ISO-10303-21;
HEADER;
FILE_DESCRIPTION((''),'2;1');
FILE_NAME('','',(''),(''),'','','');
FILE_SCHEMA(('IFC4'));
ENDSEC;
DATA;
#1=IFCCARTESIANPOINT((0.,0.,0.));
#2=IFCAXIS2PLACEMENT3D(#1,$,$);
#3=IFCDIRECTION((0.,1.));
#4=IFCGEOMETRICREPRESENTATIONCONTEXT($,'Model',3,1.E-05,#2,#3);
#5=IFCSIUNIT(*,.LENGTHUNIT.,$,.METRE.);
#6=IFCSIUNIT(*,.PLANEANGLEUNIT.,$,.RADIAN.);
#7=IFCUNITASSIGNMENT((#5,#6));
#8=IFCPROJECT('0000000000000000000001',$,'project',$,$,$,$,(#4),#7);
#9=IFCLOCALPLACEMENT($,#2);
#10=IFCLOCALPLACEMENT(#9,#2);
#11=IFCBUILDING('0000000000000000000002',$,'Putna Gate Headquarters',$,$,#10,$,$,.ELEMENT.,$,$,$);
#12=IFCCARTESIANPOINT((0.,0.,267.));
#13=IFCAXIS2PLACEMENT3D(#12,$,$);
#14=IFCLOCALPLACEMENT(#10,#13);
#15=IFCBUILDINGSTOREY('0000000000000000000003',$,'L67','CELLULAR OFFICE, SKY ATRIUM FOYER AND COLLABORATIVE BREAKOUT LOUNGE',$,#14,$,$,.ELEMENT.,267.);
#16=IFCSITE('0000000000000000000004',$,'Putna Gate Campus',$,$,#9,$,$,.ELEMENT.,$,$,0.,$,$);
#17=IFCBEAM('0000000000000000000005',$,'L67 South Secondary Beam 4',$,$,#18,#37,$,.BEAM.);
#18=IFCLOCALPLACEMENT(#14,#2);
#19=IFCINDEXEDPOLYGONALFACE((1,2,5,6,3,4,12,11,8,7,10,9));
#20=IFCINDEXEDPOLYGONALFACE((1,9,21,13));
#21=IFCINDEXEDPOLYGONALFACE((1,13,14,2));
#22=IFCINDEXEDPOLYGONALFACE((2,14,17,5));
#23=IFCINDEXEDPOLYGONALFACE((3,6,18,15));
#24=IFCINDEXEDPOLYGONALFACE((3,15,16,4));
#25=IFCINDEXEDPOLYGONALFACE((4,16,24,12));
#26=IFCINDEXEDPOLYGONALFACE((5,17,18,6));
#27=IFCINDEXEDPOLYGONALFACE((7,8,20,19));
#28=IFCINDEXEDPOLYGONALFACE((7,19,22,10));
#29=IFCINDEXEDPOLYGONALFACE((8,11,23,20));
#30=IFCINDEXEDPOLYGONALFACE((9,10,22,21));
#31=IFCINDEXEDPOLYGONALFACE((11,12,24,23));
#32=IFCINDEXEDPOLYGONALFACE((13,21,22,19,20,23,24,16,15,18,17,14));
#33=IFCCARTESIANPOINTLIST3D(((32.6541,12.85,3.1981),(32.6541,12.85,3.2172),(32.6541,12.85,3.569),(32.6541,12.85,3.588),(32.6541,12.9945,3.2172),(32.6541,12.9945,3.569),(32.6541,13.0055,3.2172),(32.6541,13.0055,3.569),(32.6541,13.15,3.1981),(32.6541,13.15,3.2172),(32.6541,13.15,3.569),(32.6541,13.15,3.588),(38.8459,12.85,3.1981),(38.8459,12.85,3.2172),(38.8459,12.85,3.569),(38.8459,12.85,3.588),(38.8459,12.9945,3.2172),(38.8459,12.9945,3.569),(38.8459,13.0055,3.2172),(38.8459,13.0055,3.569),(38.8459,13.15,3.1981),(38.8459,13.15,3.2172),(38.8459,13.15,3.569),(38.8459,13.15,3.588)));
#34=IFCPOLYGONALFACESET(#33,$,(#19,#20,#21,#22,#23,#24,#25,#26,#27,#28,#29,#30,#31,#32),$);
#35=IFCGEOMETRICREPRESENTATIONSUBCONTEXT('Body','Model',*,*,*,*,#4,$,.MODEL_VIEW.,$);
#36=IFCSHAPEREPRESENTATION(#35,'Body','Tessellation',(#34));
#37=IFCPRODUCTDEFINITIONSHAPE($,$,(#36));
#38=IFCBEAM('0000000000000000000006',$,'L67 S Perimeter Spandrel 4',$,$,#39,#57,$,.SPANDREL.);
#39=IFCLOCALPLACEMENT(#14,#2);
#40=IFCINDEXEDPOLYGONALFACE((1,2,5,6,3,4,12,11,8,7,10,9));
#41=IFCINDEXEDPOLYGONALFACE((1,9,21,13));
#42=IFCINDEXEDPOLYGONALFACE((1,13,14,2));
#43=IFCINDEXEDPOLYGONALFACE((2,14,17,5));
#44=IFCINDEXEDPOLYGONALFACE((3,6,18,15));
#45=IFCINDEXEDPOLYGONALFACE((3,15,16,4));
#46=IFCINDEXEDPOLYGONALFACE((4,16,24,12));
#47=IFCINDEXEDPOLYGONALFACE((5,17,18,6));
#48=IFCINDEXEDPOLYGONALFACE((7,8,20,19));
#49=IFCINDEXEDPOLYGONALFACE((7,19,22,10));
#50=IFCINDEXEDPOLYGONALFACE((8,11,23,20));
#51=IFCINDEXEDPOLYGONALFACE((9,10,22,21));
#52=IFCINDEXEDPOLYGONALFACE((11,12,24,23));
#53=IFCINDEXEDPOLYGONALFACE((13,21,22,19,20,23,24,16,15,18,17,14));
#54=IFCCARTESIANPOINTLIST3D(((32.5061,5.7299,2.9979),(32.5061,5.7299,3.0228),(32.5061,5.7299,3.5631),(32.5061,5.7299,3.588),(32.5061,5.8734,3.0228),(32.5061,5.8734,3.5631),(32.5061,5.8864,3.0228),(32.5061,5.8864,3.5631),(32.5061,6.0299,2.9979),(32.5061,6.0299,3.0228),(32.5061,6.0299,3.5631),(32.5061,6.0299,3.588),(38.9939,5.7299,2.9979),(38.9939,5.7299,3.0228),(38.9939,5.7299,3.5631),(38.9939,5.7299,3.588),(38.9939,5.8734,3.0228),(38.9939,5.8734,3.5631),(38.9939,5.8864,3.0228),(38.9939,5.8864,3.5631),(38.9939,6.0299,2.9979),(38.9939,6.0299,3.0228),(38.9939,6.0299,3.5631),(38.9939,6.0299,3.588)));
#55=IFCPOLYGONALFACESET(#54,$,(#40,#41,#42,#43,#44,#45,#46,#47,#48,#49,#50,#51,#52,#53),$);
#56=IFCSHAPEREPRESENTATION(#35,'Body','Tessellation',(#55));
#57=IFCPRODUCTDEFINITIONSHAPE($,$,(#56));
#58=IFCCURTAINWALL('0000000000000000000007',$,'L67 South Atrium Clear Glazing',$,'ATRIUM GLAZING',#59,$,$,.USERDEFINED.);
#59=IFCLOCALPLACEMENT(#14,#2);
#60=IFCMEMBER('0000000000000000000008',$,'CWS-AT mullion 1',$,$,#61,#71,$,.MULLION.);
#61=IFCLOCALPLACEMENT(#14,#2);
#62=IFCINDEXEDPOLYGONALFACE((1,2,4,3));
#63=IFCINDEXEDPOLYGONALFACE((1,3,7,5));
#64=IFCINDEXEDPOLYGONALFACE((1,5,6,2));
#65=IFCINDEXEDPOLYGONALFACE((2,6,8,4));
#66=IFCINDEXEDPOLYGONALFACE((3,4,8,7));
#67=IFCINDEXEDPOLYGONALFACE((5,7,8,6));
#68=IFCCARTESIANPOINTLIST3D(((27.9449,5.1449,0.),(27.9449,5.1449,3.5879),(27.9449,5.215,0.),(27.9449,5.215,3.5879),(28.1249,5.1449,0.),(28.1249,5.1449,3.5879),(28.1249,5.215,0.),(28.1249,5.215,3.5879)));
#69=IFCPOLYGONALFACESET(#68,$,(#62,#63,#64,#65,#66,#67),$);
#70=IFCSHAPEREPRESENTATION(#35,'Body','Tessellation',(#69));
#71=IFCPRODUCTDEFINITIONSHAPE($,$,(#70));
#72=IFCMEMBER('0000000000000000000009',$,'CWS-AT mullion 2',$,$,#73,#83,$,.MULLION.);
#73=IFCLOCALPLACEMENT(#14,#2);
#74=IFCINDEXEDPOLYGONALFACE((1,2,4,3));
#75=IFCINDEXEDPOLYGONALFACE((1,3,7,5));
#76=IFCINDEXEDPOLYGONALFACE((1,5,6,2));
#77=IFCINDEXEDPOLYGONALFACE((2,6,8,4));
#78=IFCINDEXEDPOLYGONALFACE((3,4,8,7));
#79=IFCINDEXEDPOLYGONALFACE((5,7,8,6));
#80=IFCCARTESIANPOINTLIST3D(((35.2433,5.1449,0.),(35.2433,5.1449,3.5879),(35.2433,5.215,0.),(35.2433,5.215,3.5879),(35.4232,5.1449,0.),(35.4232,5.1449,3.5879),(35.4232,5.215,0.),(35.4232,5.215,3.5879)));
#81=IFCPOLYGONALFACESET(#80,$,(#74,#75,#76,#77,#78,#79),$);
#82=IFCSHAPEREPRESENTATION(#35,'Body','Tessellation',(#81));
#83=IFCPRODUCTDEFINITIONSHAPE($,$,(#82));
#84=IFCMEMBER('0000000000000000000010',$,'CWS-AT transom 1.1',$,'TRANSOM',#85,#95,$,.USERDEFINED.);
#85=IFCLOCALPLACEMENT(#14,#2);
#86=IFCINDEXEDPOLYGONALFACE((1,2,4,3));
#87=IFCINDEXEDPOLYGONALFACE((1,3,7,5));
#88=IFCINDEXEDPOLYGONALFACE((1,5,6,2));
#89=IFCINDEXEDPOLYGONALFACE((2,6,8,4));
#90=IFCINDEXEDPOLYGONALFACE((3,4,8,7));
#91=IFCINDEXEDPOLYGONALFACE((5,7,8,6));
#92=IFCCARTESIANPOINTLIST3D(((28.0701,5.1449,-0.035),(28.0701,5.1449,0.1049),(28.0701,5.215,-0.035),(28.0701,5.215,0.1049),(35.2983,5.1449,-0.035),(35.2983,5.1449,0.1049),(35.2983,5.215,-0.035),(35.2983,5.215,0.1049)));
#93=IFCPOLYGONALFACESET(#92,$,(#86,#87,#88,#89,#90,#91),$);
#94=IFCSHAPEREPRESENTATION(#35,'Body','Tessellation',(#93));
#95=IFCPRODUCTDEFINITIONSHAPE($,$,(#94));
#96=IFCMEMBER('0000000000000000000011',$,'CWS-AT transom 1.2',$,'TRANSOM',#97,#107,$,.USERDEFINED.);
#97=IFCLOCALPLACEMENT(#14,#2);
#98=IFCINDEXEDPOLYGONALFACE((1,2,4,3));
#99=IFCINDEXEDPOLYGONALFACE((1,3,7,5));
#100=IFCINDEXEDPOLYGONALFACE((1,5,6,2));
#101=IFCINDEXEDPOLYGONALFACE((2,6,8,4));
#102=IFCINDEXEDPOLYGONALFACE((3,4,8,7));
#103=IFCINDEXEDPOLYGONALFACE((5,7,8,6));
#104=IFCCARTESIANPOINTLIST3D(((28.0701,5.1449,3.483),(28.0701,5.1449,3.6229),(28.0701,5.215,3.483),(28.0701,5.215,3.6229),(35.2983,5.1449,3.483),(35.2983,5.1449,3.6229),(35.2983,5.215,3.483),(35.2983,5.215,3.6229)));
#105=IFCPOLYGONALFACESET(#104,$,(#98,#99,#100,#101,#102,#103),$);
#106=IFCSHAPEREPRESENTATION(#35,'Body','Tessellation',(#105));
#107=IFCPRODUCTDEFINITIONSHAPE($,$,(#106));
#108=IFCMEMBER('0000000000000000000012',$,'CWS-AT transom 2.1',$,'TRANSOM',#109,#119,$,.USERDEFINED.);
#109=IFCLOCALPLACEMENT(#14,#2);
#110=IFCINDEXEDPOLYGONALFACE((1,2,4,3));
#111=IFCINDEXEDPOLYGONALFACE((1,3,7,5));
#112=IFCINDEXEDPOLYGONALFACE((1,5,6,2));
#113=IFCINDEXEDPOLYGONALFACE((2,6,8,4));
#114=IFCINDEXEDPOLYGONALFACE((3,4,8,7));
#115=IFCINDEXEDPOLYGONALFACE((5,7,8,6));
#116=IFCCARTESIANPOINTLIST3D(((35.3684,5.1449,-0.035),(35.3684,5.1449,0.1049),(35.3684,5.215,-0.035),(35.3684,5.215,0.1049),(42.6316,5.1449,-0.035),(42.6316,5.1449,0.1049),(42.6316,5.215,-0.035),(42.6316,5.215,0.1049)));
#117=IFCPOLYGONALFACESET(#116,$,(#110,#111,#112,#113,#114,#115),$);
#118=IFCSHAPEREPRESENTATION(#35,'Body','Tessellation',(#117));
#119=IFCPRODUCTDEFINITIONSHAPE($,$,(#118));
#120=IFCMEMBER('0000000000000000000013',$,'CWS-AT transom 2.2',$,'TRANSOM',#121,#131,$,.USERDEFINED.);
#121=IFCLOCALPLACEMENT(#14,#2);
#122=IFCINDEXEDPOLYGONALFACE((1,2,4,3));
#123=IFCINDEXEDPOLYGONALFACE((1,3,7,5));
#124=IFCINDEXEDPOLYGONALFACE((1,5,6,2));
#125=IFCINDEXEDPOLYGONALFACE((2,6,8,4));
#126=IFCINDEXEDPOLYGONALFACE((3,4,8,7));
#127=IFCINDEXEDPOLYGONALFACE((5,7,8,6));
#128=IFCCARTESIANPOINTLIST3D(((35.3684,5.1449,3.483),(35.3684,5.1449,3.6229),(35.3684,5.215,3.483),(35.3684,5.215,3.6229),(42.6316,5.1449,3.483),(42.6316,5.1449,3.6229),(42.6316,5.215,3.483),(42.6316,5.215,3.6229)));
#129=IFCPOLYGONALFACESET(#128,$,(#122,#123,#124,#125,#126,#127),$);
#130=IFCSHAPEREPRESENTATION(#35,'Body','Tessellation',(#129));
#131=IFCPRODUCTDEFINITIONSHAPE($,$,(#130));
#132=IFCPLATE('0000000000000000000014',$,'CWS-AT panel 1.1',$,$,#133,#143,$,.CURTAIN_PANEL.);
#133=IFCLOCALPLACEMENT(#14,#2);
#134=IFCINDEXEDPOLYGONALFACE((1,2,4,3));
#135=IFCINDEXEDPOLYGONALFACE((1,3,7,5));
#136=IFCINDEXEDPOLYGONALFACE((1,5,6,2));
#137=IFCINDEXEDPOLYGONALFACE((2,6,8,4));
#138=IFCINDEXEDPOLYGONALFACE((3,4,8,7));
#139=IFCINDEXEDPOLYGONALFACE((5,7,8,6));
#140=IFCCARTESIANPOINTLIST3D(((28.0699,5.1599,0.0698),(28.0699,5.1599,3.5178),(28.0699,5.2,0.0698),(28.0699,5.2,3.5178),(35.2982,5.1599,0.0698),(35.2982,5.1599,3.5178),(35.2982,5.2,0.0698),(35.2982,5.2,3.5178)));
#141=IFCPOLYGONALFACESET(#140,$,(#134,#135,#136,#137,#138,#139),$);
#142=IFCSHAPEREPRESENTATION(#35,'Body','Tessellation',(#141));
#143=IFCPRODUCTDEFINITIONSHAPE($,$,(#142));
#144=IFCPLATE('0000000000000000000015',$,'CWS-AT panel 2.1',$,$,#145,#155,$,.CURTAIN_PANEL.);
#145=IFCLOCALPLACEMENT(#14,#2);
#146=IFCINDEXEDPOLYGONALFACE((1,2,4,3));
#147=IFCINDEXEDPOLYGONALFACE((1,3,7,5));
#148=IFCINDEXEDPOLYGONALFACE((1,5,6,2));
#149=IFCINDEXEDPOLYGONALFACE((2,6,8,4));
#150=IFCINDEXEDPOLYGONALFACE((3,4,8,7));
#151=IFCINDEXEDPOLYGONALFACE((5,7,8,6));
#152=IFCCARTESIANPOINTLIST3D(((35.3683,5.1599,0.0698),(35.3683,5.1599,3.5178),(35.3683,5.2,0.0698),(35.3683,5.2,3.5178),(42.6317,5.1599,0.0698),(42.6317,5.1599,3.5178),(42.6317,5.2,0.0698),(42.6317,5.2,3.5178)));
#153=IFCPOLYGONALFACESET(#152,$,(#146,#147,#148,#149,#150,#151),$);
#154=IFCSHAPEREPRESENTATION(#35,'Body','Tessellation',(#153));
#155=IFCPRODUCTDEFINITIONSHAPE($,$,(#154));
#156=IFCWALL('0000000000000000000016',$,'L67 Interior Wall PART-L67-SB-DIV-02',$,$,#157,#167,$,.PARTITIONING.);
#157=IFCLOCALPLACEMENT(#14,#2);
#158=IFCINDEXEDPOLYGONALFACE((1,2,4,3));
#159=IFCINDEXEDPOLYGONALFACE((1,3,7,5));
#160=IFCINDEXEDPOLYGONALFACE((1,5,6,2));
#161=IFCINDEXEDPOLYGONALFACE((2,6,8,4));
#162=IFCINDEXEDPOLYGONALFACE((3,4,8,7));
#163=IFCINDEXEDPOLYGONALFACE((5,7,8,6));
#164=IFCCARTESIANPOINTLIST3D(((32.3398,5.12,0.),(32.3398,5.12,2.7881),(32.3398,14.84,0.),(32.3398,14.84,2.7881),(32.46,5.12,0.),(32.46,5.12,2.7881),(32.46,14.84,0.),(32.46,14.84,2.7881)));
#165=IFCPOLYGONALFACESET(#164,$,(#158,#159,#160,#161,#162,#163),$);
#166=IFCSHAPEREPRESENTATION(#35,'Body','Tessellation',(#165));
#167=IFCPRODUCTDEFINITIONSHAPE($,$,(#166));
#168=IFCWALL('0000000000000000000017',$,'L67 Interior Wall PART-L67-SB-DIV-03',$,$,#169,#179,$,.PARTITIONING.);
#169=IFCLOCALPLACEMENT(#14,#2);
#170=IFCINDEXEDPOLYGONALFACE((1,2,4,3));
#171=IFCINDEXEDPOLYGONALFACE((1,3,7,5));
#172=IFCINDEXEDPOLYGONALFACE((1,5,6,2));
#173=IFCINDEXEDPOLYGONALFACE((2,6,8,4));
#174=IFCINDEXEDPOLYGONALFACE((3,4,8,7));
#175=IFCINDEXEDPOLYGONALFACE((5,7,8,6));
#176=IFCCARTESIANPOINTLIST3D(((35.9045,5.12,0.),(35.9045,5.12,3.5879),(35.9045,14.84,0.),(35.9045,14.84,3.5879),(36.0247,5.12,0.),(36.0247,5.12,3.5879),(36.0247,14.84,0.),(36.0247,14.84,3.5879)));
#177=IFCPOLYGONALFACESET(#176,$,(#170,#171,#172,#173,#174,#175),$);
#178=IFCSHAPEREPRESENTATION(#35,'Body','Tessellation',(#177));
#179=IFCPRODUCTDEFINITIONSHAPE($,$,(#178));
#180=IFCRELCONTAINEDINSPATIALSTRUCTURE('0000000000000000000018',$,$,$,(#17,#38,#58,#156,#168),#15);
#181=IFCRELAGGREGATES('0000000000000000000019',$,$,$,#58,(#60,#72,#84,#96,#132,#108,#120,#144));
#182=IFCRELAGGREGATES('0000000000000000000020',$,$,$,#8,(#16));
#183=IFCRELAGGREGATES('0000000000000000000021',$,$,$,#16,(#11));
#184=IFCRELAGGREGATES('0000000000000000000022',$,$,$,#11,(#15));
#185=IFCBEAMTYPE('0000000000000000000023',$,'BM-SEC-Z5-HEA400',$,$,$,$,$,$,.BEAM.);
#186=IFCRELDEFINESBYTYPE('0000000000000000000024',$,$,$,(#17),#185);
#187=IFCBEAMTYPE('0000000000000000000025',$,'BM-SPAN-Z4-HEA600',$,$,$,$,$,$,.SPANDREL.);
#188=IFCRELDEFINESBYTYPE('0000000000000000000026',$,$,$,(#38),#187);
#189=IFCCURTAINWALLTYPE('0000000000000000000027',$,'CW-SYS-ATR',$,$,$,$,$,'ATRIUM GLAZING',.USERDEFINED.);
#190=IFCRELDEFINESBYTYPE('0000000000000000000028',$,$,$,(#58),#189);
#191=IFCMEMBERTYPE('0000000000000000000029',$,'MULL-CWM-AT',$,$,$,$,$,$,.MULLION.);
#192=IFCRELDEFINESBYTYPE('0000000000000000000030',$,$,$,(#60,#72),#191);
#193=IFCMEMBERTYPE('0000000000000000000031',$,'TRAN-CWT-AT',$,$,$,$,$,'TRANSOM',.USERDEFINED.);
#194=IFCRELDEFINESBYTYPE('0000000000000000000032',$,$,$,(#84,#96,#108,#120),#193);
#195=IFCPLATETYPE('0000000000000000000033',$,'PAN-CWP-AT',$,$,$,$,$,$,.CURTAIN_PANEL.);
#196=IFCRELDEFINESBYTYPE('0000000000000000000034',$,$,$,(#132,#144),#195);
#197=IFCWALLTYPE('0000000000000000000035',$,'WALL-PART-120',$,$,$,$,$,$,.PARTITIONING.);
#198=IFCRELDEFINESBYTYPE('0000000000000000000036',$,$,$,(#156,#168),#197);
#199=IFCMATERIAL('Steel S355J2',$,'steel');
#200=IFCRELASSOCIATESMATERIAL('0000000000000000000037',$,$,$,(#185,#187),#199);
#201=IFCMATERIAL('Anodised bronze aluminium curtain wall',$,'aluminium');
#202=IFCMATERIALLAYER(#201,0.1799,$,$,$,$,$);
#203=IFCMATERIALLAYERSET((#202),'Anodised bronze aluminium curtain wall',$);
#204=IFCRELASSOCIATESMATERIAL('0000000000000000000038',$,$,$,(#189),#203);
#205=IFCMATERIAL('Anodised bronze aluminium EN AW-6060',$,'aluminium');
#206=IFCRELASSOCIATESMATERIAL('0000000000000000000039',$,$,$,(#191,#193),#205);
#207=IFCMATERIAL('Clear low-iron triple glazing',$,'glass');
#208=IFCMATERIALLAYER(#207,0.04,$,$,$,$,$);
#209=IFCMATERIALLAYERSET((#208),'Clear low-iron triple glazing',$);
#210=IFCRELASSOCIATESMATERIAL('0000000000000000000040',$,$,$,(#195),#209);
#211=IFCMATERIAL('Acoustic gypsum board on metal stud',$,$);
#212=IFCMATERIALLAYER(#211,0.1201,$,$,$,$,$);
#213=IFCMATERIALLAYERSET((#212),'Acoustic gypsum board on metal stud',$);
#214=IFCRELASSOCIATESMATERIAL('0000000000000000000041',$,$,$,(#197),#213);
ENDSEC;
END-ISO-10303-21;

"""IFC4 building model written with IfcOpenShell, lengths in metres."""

from ifc_helpers import new_model, si_unit, direction, frame, frame_2d, origin, origin_2d, place, context, subcontext, project, spatial, rectangle, i_section, extrude, material, layer, layer_set, material_profile, profile_set, type_object, element, aggregate, save


model = new_model("IFC4")

# Units and contexts
model_context = context("Model", 3, precision=1e-05, world=origin(), true_north=direction((0.0, 1.0)))
body_context = subcontext(model_context, "Body", "Model", "MODEL_VIEW")
ifc_project = project(units=[si_unit("LENGTHUNIT", "METRE"), si_unit("PLANEANGLEUNIT", "RADIAN")], contexts=[model_context])

# Site, building, storey
site_placement = place(None, origin())
site = spatial("IfcSite", under=ifc_project, at=site_placement, Name="Putna Gate Campus", CompositionType="ELEMENT", RefElevation=0.0)
building_placement = place(site_placement, origin())
building = spatial("IfcBuilding", under=site, at=building_placement, Name="Putna Gate Headquarters", CompositionType="ELEMENT")
storey_placement = place(building_placement, frame((0.0, 0.0, 267.0)))
storey = spatial("IfcBuildingStorey", under=building, at=storey_placement, Name="L67", Description="CELLULAR OFFICE, SKY ATRIUM FOYER AND COLLABORATIVE BREAKOUT LOUNGE", CompositionType="ELEMENT", Elevation=267.0)

# Beams
ifc_material_1 = material(Name="Steel S355J2", Category="steel")
ifc_material_profile_1 = material_profile(ifc_material_1, i_section(OverallWidth=0.3, OverallDepth=0.3899, WebThickness=0.011, FlangeThickness=0.019, at=origin_2d()), Name="Steel S355J2")
ifc_profile_set_1 = profile_set([ifc_material_profile_1], Name="Steel S355J2")
beam_type_1 = type_object("IfcBeamType", Name="BM-SEC-Z5-HEA400", PredefinedType="BEAM", material=ifc_profile_set_1)
beam_1_placement = place(storey_placement, frame((32.6541, 13.0, 3.3931), z_axis=(1.0, 0.0, 0.0), x_axis=(0.0, 1.0, 0.0)))
element("IfcBeam", 1, at=beam_1_placement, inside=storey, type_object=beam_type_1, Name="L67 South Secondary Beam 4", PredefinedType="BEAM", context=body_context, shape_type="SweptSolid", body=[
    extrude(i_section(OverallWidth=0.3, OverallDepth=0.3899, WebThickness=0.011, FlangeThickness=0.019, at=origin_2d()), origin(), (0.0, 0.0, 1.0), 6.1919),
])
ifc_material_profile_2 = material_profile(ifc_material_1, i_section(OverallWidth=0.3, OverallDepth=0.5901, WebThickness=0.0129, FlangeThickness=0.0249, at=origin_2d()), Name="Steel S355J2")
ifc_profile_set_2 = profile_set([ifc_material_profile_2], Name="Steel S355J2")
beam_type_2 = type_object("IfcBeamType", Name="BM-SPAN-Z4-HEA600", PredefinedType="SPANDREL", material=ifc_profile_set_2)
beam_2_placement = place(storey_placement, frame((32.5061, 5.8799, 3.293), z_axis=(1.0, 0.0, 0.0), x_axis=(0.0, 1.0, 0.0)))
element("IfcBeam", 2, at=beam_2_placement, inside=storey, type_object=beam_type_2, Name="L67 S Perimeter Spandrel 4", PredefinedType="SPANDREL", context=body_context, shape_type="SweptSolid", body=[
    extrude(i_section(OverallWidth=0.3, OverallDepth=0.5901, WebThickness=0.0129, FlangeThickness=0.0249, at=origin_2d()), origin(), (0.0, 0.0, 1.0), 6.4878),
])

# Curtain wall, members, plates
ifc_material_2 = material(Name="Anodised bronze aluminium curtain wall", Category="aluminium")
ifc_layer_1 = layer(ifc_material_2, 0.1799)
ifc_layer_set_1 = layer_set([ifc_layer_1], Name="Anodised bronze aluminium curtain wall")
curtain_wall_type = type_object("IfcCurtainWallType", Name="CW-SYS-ATR", ElementType="ATRIUM GLAZING", PredefinedType="USERDEFINED", material=ifc_layer_set_1)
curtain_wall_placement = place(storey_placement, origin())
curtain_wall = element("IfcCurtainWall", 3, at=curtain_wall_placement, inside=storey, type_object=curtain_wall_type, Name="L67 South Atrium Clear Glazing", ObjectType="ATRIUM GLAZING", PredefinedType="USERDEFINED")
ifc_material_3 = material(Name="Anodised bronze aluminium EN AW-6060", Category="aluminium")
ifc_material_profile_3 = material_profile(ifc_material_3, rectangle(XDim=0.0701, YDim=0.1799, at=origin_2d()), Name="Anodised bronze aluminium EN AW-6060")
ifc_profile_set_3 = profile_set([ifc_material_profile_3], Name="Anodised bronze aluminium EN AW-6060")
member_type_1 = type_object("IfcMemberType", Name="MULL-CWM-AT", PredefinedType="MULLION", material=ifc_profile_set_3)
member_1_placement = place(storey_placement, frame((28.0349, 5.1799, 0.0), z_axis=(0.0, 0.0, 1.0), x_axis=(0.0, 1.0, 0.0)))
member_1 = element("IfcMember", 4, at=member_1_placement, type_object=member_type_1, Name="CWS-AT mullion 1", PredefinedType="MULLION", context=body_context, shape_type="SweptSolid", body=[
    extrude(rectangle(XDim=0.0701, YDim=0.1799, at=origin_2d()), origin(), (0.0, 0.0, 1.0), 3.5879),
])
member_2_placement = place(storey_placement, frame((35.3333, 5.1799, 0.0), z_axis=(0.0, 0.0, 1.0), x_axis=(0.0, 1.0, 0.0)))
member_2 = element("IfcMember", 5, at=member_2_placement, type_object=member_type_1, Name="CWS-AT mullion 2", PredefinedType="MULLION", context=body_context, shape_type="SweptSolid", body=[
    extrude(rectangle(XDim=0.0701, YDim=0.1799, at=origin_2d()), origin(), (0.0, 0.0, 1.0), 3.5879),
])
ifc_material_profile_4 = material_profile(ifc_material_3, rectangle(XDim=0.0701, YDim=0.1399, at=origin_2d()), Name="Anodised bronze aluminium EN AW-6060")
ifc_profile_set_4 = profile_set([ifc_material_profile_4], Name="Anodised bronze aluminium EN AW-6060")
member_type_2 = type_object("IfcMemberType", Name="TRAN-CWT-AT", ElementType="TRANSOM", PredefinedType="USERDEFINED", material=ifc_profile_set_4)
member_3_placement = place(storey_placement, frame((28.0701, 5.1799, 0.0349), z_axis=(1.0, 0.0, 0.0), x_axis=(0.0, 1.0, 0.0)))
member_3 = element("IfcMember", 6, at=member_3_placement, type_object=member_type_2, Name="CWS-AT transom 1.1", ObjectType="TRANSOM", PredefinedType="USERDEFINED", context=body_context, shape_type="SweptSolid", body=[
    extrude(rectangle(XDim=0.0701, YDim=0.1399, at=origin_2d()), origin(), (0.0, 0.0, 1.0), 7.2283),
])
member_4_placement = place(storey_placement, frame((28.0701, 5.1799, 3.553), z_axis=(1.0, 0.0, 0.0), x_axis=(0.0, 1.0, 0.0)))
member_4 = element("IfcMember", 7, at=member_4_placement, type_object=member_type_2, Name="CWS-AT transom 1.2", ObjectType="TRANSOM", PredefinedType="USERDEFINED", context=body_context, shape_type="SweptSolid", body=[
    extrude(rectangle(XDim=0.0701, YDim=0.1399, at=origin_2d()), origin(), (0.0, 0.0, 1.0), 7.2283),
])
member_5_placement = place(storey_placement, frame((35.3684, 5.1799, 0.0349), z_axis=(1.0, 0.0, 0.0), x_axis=(0.0, 1.0, 0.0)))
member_5 = element("IfcMember", 8, at=member_5_placement, type_object=member_type_2, Name="CWS-AT transom 2.1", ObjectType="TRANSOM", PredefinedType="USERDEFINED", context=body_context, shape_type="SweptSolid", body=[
    extrude(rectangle(XDim=0.0701, YDim=0.1399, at=origin_2d()), origin(), (0.0, 0.0, 1.0), 7.2632),
])
member_6_placement = place(storey_placement, frame((35.3684, 5.1799, 3.553), z_axis=(1.0, 0.0, 0.0), x_axis=(0.0, 1.0, 0.0)))
member_6 = element("IfcMember", 9, at=member_6_placement, type_object=member_type_2, Name="CWS-AT transom 2.2", ObjectType="TRANSOM", PredefinedType="USERDEFINED", context=body_context, shape_type="SweptSolid", body=[
    extrude(rectangle(XDim=0.0701, YDim=0.1399, at=origin_2d()), origin(), (0.0, 0.0, 1.0), 7.2632),
])
ifc_material_4 = material(Name="Clear low-iron triple glazing", Category="glass")
ifc_layer_2 = layer(ifc_material_4, 0.04)
ifc_layer_set_2 = layer_set([ifc_layer_2], Name="Clear low-iron triple glazing")
plate_type = type_object("IfcPlateType", Name="PAN-CWP-AT", PredefinedType="CURTAIN_PANEL", material=ifc_layer_set_2)
plate_1_placement = place(storey_placement, frame((31.6841, 5.1799, 0.0698), z_axis=(0.0, 0.0, 1.0), x_axis=(1.0, 0.0, 0.0)))
plate_1 = element("IfcPlate", 10, at=plate_1_placement, type_object=plate_type, Name="CWS-AT panel 1.1", PredefinedType="CURTAIN_PANEL", context=body_context, shape_type="SweptSolid", body=[
    extrude(rectangle(XDim=7.2283, YDim=0.04, at=origin_2d()), origin(), (0.0, 0.0, 1.0), 3.448),
])
plate_2_placement = place(storey_placement, frame((39.0, 5.1799, 0.0698), z_axis=(0.0, 0.0, 1.0), x_axis=(1.0, 0.0, 0.0)))
plate_2 = element("IfcPlate", 11, at=plate_2_placement, type_object=plate_type, Name="CWS-AT panel 2.1", PredefinedType="CURTAIN_PANEL", context=body_context, shape_type="SweptSolid", body=[
    extrude(rectangle(XDim=7.2634, YDim=0.04, at=origin_2d()), origin(), (0.0, 0.0, 1.0), 3.448),
])
aggregate(curtain_wall, [member_1, member_2, member_3, member_4, plate_1, member_5, member_6, plate_2])

# Walls
ifc_material_5 = material(Name="Acoustic gypsum board on metal stud")
ifc_layer_3 = layer(ifc_material_5, 0.1201)
ifc_layer_set_3 = layer_set([ifc_layer_3], Name="Acoustic gypsum board on metal stud")
wall_type_1 = type_object("IfcWallType", Name="WALL-PART-120", PredefinedType="PARTITIONING", material=ifc_layer_set_3)
wall_1_placement = place(storey_placement, frame((32.3999, 5.1201, 0.0), z_axis=(0.0, 0.0, 1.0), x_axis=(0.0, 1.0, 0.0)))
element("IfcWall", 12, at=wall_1_placement, inside=storey, type_object=wall_type_1, Name="L67 Interior Wall PART-L67-SB-DIV-02", PredefinedType="PARTITIONING", context=body_context, shape_type="SweptSolid", body=[
    extrude(rectangle(XDim=9.72, YDim=0.1201, at=frame_2d((4.8599, 0.0))), origin(), (0.0, 0.0, 1.0), 2.7881),
])
wall_2_placement = place(storey_placement, frame((35.9646, 5.1201, 0.0), z_axis=(0.0, 0.0, 1.0), x_axis=(0.0, 1.0, 0.0)))
element("IfcWall", 13, at=wall_2_placement, inside=storey, type_object=wall_type_1, Name="L67 Interior Wall PART-L67-SB-DIV-03", PredefinedType="PARTITIONING", context=body_context, shape_type="SweptSolid", body=[
    extrude(rectangle(XDim=9.72, YDim=0.1201, at=frame_2d((4.8599, 0.0))), origin(), (0.0, 0.0, 1.0), 3.5879),
])

save(model, "model.ifc")
